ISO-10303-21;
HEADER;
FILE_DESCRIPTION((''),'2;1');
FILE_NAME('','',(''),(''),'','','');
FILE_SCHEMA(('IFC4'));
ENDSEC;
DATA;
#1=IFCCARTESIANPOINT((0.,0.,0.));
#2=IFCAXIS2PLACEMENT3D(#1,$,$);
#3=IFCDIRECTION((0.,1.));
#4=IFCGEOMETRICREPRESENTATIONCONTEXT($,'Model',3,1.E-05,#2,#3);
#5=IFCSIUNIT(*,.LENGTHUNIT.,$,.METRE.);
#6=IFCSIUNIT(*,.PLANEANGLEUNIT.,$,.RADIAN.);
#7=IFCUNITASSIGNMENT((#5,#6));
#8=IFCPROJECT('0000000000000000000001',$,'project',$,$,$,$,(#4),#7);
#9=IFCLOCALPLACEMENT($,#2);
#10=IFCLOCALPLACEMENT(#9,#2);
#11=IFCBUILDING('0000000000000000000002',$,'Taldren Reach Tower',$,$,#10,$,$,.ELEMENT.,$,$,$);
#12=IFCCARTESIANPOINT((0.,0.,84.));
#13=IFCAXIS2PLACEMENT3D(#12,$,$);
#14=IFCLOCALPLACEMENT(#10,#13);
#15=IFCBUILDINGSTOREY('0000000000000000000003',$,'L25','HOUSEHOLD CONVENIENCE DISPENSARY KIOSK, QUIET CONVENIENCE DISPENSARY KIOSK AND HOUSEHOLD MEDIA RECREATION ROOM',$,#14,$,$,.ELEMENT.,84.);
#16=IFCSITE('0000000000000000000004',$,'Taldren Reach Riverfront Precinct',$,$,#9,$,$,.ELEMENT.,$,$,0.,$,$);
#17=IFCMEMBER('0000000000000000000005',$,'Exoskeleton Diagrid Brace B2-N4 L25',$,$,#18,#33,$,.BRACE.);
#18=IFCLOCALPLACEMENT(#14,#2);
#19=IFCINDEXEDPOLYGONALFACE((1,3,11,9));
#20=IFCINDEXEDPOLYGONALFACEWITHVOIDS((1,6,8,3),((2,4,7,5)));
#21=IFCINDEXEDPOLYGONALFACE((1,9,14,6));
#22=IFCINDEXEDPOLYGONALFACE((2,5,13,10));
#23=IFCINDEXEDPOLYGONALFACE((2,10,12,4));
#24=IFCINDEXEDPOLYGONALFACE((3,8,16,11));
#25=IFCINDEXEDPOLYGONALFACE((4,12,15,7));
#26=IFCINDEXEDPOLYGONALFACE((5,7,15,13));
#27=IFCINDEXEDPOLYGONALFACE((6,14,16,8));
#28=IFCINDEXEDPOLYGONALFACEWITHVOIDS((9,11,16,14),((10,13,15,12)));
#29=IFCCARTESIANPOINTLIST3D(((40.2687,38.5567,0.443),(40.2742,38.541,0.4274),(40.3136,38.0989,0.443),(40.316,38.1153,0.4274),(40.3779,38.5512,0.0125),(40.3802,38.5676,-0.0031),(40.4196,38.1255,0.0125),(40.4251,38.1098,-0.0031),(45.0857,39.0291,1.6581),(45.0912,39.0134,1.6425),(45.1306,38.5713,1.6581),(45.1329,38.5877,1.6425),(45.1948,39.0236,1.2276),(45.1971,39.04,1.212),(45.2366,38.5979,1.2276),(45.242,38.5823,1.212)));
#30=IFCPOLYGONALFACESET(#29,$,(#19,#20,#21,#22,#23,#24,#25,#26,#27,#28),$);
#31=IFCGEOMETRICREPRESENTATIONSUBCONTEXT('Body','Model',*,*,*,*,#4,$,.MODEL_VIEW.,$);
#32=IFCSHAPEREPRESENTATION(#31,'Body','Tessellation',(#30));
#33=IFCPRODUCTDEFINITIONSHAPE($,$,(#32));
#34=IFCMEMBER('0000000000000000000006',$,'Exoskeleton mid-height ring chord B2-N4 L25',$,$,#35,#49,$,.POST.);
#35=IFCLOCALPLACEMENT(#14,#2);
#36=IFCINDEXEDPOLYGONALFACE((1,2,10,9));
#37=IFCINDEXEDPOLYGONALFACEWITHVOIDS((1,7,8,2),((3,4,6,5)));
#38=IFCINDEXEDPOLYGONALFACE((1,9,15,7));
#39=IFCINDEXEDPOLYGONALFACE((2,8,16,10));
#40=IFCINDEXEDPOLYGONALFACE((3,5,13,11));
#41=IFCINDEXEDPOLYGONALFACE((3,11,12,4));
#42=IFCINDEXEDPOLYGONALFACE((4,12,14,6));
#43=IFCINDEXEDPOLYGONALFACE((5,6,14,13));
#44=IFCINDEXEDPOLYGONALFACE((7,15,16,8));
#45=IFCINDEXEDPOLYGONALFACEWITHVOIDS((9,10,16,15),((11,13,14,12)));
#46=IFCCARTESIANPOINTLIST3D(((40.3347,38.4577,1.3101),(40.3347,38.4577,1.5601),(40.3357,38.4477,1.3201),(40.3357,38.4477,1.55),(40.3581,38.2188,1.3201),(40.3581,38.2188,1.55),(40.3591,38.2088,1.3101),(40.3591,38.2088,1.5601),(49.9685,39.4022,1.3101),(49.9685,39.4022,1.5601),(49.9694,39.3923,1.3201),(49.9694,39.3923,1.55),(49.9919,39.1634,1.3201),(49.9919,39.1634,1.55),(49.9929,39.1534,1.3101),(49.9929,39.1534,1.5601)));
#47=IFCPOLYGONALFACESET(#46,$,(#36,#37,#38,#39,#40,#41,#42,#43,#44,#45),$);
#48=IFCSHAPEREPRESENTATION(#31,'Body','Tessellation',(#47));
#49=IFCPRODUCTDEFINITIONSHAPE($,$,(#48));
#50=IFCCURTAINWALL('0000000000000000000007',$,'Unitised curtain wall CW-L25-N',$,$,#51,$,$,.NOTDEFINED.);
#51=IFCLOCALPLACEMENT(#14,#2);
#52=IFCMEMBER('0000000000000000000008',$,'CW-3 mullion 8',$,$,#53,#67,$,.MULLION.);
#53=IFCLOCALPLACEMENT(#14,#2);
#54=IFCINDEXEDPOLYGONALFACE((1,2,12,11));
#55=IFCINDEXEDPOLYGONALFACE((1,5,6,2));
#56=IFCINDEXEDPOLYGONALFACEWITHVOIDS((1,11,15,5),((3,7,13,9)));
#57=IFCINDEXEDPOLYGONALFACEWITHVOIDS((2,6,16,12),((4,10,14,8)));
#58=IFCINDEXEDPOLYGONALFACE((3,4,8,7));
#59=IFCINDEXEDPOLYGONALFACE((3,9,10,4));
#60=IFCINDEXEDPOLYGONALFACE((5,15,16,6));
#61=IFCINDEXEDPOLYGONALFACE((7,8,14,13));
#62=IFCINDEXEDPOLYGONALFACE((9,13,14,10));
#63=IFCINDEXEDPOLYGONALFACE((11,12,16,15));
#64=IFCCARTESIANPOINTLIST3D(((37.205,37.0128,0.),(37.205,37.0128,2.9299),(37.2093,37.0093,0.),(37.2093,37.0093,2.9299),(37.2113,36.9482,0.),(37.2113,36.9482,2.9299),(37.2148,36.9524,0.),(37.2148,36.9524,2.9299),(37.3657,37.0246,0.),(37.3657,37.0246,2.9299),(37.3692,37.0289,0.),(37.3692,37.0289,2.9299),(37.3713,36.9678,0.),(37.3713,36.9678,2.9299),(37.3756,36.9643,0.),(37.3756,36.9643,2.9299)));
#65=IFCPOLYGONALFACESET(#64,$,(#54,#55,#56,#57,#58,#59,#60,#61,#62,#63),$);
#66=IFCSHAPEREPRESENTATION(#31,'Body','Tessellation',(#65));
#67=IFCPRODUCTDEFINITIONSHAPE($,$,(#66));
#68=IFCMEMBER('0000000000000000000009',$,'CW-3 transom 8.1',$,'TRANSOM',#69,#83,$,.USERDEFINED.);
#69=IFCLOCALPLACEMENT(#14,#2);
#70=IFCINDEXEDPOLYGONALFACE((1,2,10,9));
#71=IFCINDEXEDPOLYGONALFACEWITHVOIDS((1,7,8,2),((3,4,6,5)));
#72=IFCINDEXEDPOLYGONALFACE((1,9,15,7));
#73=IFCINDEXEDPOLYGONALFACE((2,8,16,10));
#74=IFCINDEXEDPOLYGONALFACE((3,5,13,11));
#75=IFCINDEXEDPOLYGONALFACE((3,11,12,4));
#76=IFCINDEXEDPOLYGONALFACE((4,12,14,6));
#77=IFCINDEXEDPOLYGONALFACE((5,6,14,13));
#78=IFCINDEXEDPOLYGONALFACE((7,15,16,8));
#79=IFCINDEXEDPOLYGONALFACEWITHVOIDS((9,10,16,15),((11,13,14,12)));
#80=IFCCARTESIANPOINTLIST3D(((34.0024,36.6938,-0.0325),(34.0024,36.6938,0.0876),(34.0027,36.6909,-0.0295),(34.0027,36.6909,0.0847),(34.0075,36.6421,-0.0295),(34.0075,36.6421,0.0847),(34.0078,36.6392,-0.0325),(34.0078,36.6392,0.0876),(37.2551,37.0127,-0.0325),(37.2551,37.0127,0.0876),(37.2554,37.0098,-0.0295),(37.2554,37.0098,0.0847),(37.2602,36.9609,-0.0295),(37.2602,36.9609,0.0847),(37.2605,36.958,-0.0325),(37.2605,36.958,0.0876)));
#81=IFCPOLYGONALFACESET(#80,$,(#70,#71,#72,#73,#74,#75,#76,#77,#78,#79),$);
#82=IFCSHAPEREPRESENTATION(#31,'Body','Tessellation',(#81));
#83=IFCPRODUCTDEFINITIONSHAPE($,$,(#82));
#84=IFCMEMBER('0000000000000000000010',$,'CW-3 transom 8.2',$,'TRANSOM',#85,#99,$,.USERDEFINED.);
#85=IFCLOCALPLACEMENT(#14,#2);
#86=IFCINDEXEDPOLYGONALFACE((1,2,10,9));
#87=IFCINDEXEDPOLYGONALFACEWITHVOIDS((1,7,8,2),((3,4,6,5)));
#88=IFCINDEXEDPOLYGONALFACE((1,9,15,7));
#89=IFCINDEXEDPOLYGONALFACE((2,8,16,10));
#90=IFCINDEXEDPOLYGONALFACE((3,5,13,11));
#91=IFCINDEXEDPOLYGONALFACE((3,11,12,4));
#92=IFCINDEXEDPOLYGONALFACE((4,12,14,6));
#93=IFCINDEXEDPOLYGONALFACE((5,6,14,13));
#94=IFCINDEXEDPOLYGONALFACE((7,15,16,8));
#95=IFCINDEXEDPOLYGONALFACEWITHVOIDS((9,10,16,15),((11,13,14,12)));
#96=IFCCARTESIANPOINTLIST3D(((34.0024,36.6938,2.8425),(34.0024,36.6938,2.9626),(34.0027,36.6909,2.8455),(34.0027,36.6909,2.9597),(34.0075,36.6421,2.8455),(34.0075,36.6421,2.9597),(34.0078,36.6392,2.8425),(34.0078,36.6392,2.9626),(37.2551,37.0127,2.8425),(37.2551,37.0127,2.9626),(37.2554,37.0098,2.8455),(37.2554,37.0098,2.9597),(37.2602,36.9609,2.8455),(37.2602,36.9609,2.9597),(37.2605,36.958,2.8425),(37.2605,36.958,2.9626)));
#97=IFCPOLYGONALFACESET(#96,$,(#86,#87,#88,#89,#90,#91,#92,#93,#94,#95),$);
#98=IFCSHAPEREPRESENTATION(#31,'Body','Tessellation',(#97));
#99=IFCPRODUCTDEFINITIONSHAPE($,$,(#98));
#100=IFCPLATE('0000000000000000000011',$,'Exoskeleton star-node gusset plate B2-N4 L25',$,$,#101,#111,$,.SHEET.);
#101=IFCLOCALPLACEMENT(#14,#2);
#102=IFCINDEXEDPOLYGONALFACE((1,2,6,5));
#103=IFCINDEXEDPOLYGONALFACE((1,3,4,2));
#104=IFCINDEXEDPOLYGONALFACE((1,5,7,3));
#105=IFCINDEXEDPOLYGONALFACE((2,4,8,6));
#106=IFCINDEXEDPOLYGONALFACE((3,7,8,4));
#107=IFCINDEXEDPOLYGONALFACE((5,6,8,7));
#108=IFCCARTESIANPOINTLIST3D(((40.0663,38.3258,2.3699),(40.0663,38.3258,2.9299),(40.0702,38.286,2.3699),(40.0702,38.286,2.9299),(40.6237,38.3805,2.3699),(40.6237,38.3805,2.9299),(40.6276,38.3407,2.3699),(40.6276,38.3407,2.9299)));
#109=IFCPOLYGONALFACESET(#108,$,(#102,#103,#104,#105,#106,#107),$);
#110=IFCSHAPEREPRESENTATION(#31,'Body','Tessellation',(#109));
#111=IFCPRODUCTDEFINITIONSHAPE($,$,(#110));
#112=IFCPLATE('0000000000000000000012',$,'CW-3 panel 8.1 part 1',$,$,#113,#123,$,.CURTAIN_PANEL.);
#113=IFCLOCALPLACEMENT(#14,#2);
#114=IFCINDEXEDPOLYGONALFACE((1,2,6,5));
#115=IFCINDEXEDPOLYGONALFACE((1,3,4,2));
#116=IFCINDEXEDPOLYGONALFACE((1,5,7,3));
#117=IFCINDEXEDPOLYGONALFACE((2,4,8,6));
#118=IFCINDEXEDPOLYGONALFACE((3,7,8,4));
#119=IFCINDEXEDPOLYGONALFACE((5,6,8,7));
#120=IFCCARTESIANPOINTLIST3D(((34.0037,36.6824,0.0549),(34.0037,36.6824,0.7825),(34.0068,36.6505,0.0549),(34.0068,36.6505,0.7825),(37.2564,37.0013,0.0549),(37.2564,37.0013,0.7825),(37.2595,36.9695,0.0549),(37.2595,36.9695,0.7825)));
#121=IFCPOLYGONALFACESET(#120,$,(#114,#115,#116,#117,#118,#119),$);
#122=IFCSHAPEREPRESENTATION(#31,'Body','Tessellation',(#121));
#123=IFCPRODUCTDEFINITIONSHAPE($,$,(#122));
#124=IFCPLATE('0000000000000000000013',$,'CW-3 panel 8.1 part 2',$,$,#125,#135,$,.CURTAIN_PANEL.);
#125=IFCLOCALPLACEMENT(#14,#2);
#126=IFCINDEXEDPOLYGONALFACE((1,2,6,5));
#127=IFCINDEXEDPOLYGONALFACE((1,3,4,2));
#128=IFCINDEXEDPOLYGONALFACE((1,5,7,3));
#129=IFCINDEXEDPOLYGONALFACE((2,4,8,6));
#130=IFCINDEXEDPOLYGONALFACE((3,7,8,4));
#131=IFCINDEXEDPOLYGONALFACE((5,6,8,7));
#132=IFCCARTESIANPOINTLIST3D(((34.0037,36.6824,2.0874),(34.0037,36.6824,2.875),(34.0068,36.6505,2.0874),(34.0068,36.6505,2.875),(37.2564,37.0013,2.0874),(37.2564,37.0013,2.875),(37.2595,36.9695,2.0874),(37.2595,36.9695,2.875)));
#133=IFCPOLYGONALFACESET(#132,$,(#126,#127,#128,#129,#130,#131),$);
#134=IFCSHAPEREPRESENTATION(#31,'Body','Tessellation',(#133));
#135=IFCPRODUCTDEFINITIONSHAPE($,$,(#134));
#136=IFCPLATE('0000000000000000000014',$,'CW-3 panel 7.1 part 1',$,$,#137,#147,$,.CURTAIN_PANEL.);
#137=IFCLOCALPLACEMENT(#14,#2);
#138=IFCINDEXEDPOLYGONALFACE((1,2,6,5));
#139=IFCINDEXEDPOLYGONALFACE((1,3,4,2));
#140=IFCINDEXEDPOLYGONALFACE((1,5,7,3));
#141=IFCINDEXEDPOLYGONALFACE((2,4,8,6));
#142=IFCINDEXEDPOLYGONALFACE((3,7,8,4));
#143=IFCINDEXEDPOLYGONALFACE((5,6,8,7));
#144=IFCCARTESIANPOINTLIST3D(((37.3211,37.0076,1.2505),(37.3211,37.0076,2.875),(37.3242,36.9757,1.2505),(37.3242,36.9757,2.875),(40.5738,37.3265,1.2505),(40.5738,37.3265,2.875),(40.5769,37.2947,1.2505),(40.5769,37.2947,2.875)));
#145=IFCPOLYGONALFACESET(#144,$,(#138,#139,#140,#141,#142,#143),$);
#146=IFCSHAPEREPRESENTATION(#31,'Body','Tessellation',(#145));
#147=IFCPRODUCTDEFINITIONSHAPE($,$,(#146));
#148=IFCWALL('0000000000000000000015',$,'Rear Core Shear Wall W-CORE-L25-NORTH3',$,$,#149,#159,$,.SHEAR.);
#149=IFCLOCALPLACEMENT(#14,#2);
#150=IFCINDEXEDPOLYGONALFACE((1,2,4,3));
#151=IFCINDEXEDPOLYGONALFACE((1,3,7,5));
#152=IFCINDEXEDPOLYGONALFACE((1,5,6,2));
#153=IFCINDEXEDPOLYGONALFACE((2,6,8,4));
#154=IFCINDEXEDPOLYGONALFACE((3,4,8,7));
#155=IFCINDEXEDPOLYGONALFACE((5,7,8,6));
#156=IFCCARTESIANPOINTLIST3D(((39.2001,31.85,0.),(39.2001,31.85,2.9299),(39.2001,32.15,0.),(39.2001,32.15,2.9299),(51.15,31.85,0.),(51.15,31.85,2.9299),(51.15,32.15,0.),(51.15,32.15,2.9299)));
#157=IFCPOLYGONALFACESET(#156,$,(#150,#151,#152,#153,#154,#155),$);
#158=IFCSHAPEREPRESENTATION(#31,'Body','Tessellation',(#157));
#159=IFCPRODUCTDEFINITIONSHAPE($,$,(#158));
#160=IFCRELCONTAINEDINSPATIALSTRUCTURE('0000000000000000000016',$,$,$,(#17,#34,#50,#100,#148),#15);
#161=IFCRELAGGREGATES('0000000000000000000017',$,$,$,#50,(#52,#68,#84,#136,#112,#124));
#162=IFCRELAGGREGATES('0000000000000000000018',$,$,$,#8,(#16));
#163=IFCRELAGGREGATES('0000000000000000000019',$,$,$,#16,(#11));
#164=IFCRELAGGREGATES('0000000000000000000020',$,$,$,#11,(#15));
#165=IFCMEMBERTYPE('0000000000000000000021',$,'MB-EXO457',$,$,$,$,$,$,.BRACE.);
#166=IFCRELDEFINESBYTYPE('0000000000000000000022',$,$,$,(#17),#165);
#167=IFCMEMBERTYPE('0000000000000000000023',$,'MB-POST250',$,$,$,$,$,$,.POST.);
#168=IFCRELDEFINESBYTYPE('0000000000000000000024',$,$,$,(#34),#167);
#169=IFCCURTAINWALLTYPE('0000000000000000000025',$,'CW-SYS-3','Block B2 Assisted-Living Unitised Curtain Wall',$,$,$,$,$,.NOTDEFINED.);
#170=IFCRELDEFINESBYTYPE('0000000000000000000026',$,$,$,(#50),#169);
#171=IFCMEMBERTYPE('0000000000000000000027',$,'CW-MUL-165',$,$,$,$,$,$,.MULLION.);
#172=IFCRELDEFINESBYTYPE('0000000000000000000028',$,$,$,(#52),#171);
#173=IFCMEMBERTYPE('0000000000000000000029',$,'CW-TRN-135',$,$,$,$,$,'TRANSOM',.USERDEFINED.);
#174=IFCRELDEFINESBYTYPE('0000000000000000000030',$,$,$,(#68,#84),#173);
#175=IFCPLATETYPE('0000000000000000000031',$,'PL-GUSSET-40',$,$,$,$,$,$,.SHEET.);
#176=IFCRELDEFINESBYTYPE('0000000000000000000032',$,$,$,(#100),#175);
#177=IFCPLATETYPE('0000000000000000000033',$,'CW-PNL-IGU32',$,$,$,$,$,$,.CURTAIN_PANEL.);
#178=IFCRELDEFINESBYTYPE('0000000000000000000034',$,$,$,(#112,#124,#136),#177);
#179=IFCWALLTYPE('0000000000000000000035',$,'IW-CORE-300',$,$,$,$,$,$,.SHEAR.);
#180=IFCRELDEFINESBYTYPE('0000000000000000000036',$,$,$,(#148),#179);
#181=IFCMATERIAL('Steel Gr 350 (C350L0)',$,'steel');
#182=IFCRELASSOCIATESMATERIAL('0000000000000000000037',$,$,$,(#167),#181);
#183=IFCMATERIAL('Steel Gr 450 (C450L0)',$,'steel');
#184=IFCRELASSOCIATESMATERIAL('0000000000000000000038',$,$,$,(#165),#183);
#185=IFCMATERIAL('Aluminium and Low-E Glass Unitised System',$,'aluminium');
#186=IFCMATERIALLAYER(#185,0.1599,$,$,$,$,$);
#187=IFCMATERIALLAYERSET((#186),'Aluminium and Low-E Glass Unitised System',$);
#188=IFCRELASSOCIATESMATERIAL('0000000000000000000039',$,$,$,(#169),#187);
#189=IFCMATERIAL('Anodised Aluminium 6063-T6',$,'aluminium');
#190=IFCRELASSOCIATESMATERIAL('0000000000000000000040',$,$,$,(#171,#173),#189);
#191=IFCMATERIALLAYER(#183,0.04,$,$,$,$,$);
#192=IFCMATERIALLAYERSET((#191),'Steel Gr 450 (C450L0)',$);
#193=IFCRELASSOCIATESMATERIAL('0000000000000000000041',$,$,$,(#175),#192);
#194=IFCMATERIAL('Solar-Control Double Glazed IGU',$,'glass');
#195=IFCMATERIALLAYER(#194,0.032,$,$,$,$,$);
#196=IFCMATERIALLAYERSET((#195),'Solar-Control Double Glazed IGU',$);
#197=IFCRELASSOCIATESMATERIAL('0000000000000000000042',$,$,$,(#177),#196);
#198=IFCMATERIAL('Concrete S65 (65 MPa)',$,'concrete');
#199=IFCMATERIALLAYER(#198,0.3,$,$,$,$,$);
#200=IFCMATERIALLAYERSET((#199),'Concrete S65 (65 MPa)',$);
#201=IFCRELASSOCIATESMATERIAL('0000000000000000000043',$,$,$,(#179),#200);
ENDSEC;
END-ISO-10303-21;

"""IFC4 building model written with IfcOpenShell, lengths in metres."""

from ifc_helpers import new_model, si_unit, direction, frame, frame_2d, origin, origin_2d, place, context, subcontext, project, spatial, rectangle, hollow_rectangle, extrude, source, transform, mapped, material, layer, layer_set, material_profile, profile_set, type_object, element, aggregate, save


model = new_model("IFC4")

# Units and contexts
model_context = context("Model", 3, precision=1e-05, world=origin(), true_north=direction((0.0, 1.0)))
body_context = subcontext(model_context, "Body", "Model", "MODEL_VIEW")
ifc_project = project(units=[si_unit("LENGTHUNIT", "METRE"), si_unit("PLANEANGLEUNIT", "RADIAN")], contexts=[model_context])

# Site, building, storey
site_placement = place(None, origin())
site = spatial("IfcSite", under=ifc_project, at=site_placement, Name="Taldren Reach Riverfront Precinct", CompositionType="ELEMENT", RefElevation=0.0)
building_placement = place(site_placement, origin())
building = spatial("IfcBuilding", under=site, at=building_placement, Name="Taldren Reach Tower", CompositionType="ELEMENT")
storey_placement = place(building_placement, frame((0.0, 0.0, 84.0)))
storey = spatial("IfcBuildingStorey", under=building, at=storey_placement, Name="L25", Description="HOUSEHOLD CONVENIENCE DISPENSARY KIOSK, QUIET CONVENIENCE DISPENSARY KIOSK AND HOUSEHOLD MEDIA RECREATION ROOM", CompositionType="ELEMENT", Elevation=84.0)

# Shared definitions
ifc_material_1 = material(Name="Concrete S65 (65 MPa)", Category="concrete")

# Shared definitions
ifc_material_2 = material(Name="Steel Gr 450 (C450L0)", Category="steel")
ifc_material_3 = material(Name="Steel Gr 350 (C350L0)", Category="steel")
ifc_material_profile_1 = material_profile(ifc_material_3, hollow_rectangle(XDim=0.25, YDim=0.25, WallThickness=0.01, at=origin_2d()), Name="250x250x10.0SHS")
ifc_profile_set_1 = profile_set([ifc_material_profile_1], Name="Steel Gr 350 (C350L0)")
member_type_1 = type_object("IfcMemberType", Name="MB-POST250", PredefinedType="POST", material=ifc_profile_set_1)

# Members
ifc_material_profile_2 = material_profile(ifc_material_2, hollow_rectangle(XDim=0.46, YDim=0.46, WallThickness=0.0161, at=origin_2d()), Name="460x460x16.0SHS")
ifc_profile_set_2 = profile_set([ifc_material_profile_2], Name="Steel Gr 450 (C450L0)")
member_type_2 = type_object("IfcMemberType", Name="MB-EXO457", PredefinedType="BRACE", material=ifc_profile_set_2)
shared_shape_1 = source(origin(), body_context, "Body", "SweptSolid", [
    extrude(hollow_rectangle(XDim=0.46, YDim=0.46, WallThickness=0.0161, at=origin_2d()), origin(), (0.0, 0.0, 1.0), 4.9902),
])
for number, where, z_axis, x_axis, name in (
    (1, (40.3469, 38.3333, 0.22), (0.965271, 0.094668, 0.243495), (-0.097606, 0.995225, 0.0), "Exoskeleton Diagrid Brace B2-N4 L25"),
):
    element("IfcMember", number, at=place(storey_placement, frame(where, z_axis=z_axis, x_axis=x_axis)), inside=storey, type_object=member_type_2, Name=name, PredefinedType="BRACE", context=body_context, shape_type="MappedRepresentation", body=[
        mapped(shared_shape_1, transform((0.0, 0.0, 0.0), scale=1.0)),
    ])
shared_shape_2 = source(origin(), body_context, "Body", "SweptSolid", [
    extrude(hollow_rectangle(XDim=0.25, YDim=0.25, WallThickness=0.01, at=origin_2d()), origin(), (0.0, 0.0, 1.0), 9.6799),
])
member_1_placement = place(storey_placement, frame((40.3469, 38.3333, 1.4351), z_axis=(0.995228, 0.097581, 0.0), x_axis=(-0.097581, 0.995228, 0.0)))
element("IfcMember", 2, at=member_1_placement, inside=storey, type_object=member_type_1, Name="Exoskeleton mid-height ring chord B2-N4 L25", PredefinedType="POST", context=body_context, shape_type="MappedRepresentation", body=[
    mapped(shared_shape_2, transform((0.0, 0.0, 0.0), scale=1.0)),
])

# Curtain wall, members
ifc_material_4 = material(Name="Aluminium and Low-E Glass Unitised System", Category="aluminium")
ifc_layer_1 = layer(ifc_material_4, 0.1599)
ifc_layer_set_1 = layer_set([ifc_layer_1], Name="Aluminium and Low-E Glass Unitised System")
curtain_wall_type = type_object("IfcCurtainWallType", Name="CW-SYS-3", Description="Block B2 Assisted-Living Unitised Curtain Wall", PredefinedType="NOTDEFINED", material=ifc_layer_set_1)
curtain_wall_placement = place(storey_placement, origin())
curtain_wall = element("IfcCurtainWall", 3, at=curtain_wall_placement, inside=storey, type_object=curtain_wall_type, Name="Unitised curtain wall CW-L25-N", PredefinedType="NOTDEFINED")
ifc_material_5 = material(Name="Anodised Aluminium 6063-T6", Category="aluminium")
ifc_material_profile_3 = material_profile(ifc_material_5, hollow_rectangle(XDim=0.0649, YDim=0.165, WallThickness=0.0039, at=origin_2d()), Name="ALU-165x65x4RHS")
ifc_profile_set_3 = profile_set([ifc_material_profile_3], Name="Anodised Aluminium 6063-T6")
member_type_3 = type_object("IfcMemberType", Name="CW-MUL-165", PredefinedType="MULLION", material=ifc_profile_set_3)
shared_shape_3 = source(origin(), body_context, "Body", "SweptSolid", [
    extrude(hollow_rectangle(XDim=0.0649, YDim=0.165, WallThickness=0.0039, at=origin_2d()), origin(), (0.0, 0.0, 1.0), 2.9299),
])
member_2_placement = place(storey_placement, frame((37.2903, 36.9885, 0.0), z_axis=(0.0, 0.0, 1.0), x_axis=(0.097583, -0.995227, 0.0)))
member_2 = element("IfcMember", 4, at=member_2_placement, type_object=member_type_3, Name="CW-3 mullion 8", PredefinedType="MULLION", context=body_context, shape_type="MappedRepresentation", body=[
    mapped(shared_shape_3, transform((0.0, 0.0, 0.0), scale=1.0)),
])
ifc_material_profile_4 = material_profile(ifc_material_5, hollow_rectangle(XDim=0.0549, YDim=0.1201, WallThickness=0.0029, at=origin_2d()), Name="ALU-120x55x3RHS")
ifc_profile_set_4 = profile_set([ifc_material_profile_4], Name="Anodised Aluminium 6063-T6")
member_type_4 = type_object("IfcMemberType", Name="CW-TRN-135", ElementType="TRANSOM", PredefinedType="USERDEFINED", material=ifc_profile_set_4)
shared_shape_4 = source(origin(), body_context, "Body", "SweptSolid", [
    extrude(hollow_rectangle(XDim=0.0549, YDim=0.1201, WallThickness=0.0029, at=origin_2d()), origin(), (0.0, 0.0, 1.0), 3.2683),
])
member_3_placement = place(storey_placement, frame((37.2578, 36.9854, 0.0276), z_axis=(-0.99523, -0.097558, 0.0), x_axis=(0.097558, -0.99523, 0.0)))
member_3 = element("IfcMember", 5, at=member_3_placement, type_object=member_type_4, Name="CW-3 transom 8.1", ObjectType="TRANSOM", PredefinedType="USERDEFINED", context=body_context, shape_type="MappedRepresentation", body=[
    mapped(shared_shape_4, transform((0.0, 0.0, 0.0), scale=1.0)),
])
member_4_placement = place(storey_placement, frame((37.2578, 36.9854, 2.9026), z_axis=(-0.99523, -0.097558, 0.0), x_axis=(0.097558, -0.99523, 0.0)))
member_4 = element("IfcMember", 6, at=member_4_placement, type_object=member_type_4, Name="CW-3 transom 8.2", ObjectType="TRANSOM", PredefinedType="USERDEFINED", context=body_context, shape_type="MappedRepresentation", body=[
    mapped(shared_shape_4, transform((0.0, 0.0, 0.0), scale=1.0)),
])

# Plates
ifc_layer_2 = layer(ifc_material_2, 0.04)
ifc_layer_set_2 = layer_set([ifc_layer_2], Name="Steel Gr 450 (C450L0)")
plate_type_1 = type_object("IfcPlateType", Name="PL-GUSSET-40", PredefinedType="SHEET", material=ifc_layer_set_2)
shared_shape_5 = source(origin(), body_context, "Body", "SweptSolid", [
    extrude(rectangle(XDim=0.5601, YDim=0.04, at=origin_2d()), origin(), (0.0, 0.0, 1.0), 0.5601),
])
plate_1_placement = place(storey_placement, frame((40.3469, 38.3333, 2.3699), z_axis=(0.0, 0.0, 1.0), x_axis=(0.995227, 0.097583, 0.0)))
element("IfcPlate", 7, at=plate_1_placement, inside=storey, type_object=plate_type_1, Name="Exoskeleton star-node gusset plate B2-N4 L25", PredefinedType="SHEET", context=body_context, shape_type="MappedRepresentation", body=[
    mapped(shared_shape_5, transform((0.0, 0.0, 0.0), scale=1.0)),
])
ifc_material_6 = material(Name="Solar-Control Double Glazed IGU", Category="glass")
ifc_layer_3 = layer(ifc_material_6, 0.032)
ifc_layer_set_3 = layer_set([ifc_layer_3], Name="Solar-Control Double Glazed IGU")
plate_type_2 = type_object("IfcPlateType", Name="CW-PNL-IGU32", PredefinedType="CURTAIN_PANEL", material=ifc_layer_set_3)
shared_shape_6 = source(origin(), body_context, "Body", "SweptSolid", [
    extrude(rectangle(XDim=3.2683, YDim=0.032, at=origin_2d()), origin(), (0.0, 0.0, 1.0), 0.7275),
])
plate_2_placement = place(storey_placement, frame((35.6316, 36.8259, 0.0549), z_axis=(0.0, 0.0, 1.0), x_axis=(-0.995227, -0.097583, 0.0)))
plate_2 = element("IfcPlate", 8, at=plate_2_placement, type_object=plate_type_2, Name="CW-3 panel 8.1 part 1", PredefinedType="CURTAIN_PANEL", context=body_context, shape_type="MappedRepresentation", body=[
    mapped(shared_shape_6, transform((0.0, 0.0, 0.0), scale=1.0)),
])
shared_shape_7 = source(origin(), body_context, "Body", "SweptSolid", [
    extrude(rectangle(XDim=3.2683, YDim=0.032, at=origin_2d()), origin(), (0.0, 0.0, 1.0), 0.7876),
])
plate_3_placement = place(storey_placement, frame((35.6316, 36.8259, 2.0874), z_axis=(0.0, 0.0, 1.0), x_axis=(-0.995227, -0.097583, 0.0)))
plate_3 = element("IfcPlate", 9, at=plate_3_placement, type_object=plate_type_2, Name="CW-3 panel 8.1 part 2", PredefinedType="CURTAIN_PANEL", context=body_context, shape_type="MappedRepresentation", body=[
    mapped(shared_shape_7, transform((0.0, 0.0, 0.0), scale=1.0)),
])
shared_shape_8 = source(origin(), body_context, "Body", "SweptSolid", [
    extrude(rectangle(XDim=3.2683, YDim=0.032, at=origin_2d()), origin(), (0.0, 0.0, 1.0), 1.6245),
])
plate_4_placement = place(storey_placement, frame((38.949, 37.1511, 1.2505), z_axis=(0.0, 0.0, 1.0), x_axis=(-0.995227, -0.097583, 0.0)))
plate_4 = element("IfcPlate", 10, at=plate_4_placement, type_object=plate_type_2, Name="CW-3 panel 7.1 part 1", PredefinedType="CURTAIN_PANEL", context=body_context, shape_type="MappedRepresentation", body=[
    mapped(shared_shape_8, transform((0.0, 0.0, 0.0), scale=1.0)),
])
aggregate(curtain_wall, [member_2, member_3, member_4, plate_4, plate_2, plate_3])

# Wall
ifc_layer_4 = layer(ifc_material_1, 0.3)
ifc_layer_set_4 = layer_set([ifc_layer_4], Name="Concrete S65 (65 MPa)")
wall_type = type_object("IfcWallType", Name="IW-CORE-300", PredefinedType="SHEAR", material=ifc_layer_set_4)
shared_shape_9 = source(origin(), body_context, "Body", "SweptSolid", [
    extrude(rectangle(XDim=11.95, YDim=0.3, at=frame_2d((5.9751, 0.0))), origin(), (0.0, 0.0, 1.0), 2.9299),
])
wall_placement = place(storey_placement, frame((39.2, 32.0, 0.0), z_axis=(0.0, 0.0, 1.0), x_axis=(1.0, 0.0, 0.0)))
element("IfcWall", 11, at=wall_placement, inside=storey, type_object=wall_type, Name="Rear Core Shear Wall W-CORE-L25-NORTH3", PredefinedType="SHEAR", context=body_context, shape_type="MappedRepresentation", body=[
    mapped(shared_shape_9, transform((0.0, 0.0, 0.0), scale=1.0)),
])

save(model, "model.ifc")
